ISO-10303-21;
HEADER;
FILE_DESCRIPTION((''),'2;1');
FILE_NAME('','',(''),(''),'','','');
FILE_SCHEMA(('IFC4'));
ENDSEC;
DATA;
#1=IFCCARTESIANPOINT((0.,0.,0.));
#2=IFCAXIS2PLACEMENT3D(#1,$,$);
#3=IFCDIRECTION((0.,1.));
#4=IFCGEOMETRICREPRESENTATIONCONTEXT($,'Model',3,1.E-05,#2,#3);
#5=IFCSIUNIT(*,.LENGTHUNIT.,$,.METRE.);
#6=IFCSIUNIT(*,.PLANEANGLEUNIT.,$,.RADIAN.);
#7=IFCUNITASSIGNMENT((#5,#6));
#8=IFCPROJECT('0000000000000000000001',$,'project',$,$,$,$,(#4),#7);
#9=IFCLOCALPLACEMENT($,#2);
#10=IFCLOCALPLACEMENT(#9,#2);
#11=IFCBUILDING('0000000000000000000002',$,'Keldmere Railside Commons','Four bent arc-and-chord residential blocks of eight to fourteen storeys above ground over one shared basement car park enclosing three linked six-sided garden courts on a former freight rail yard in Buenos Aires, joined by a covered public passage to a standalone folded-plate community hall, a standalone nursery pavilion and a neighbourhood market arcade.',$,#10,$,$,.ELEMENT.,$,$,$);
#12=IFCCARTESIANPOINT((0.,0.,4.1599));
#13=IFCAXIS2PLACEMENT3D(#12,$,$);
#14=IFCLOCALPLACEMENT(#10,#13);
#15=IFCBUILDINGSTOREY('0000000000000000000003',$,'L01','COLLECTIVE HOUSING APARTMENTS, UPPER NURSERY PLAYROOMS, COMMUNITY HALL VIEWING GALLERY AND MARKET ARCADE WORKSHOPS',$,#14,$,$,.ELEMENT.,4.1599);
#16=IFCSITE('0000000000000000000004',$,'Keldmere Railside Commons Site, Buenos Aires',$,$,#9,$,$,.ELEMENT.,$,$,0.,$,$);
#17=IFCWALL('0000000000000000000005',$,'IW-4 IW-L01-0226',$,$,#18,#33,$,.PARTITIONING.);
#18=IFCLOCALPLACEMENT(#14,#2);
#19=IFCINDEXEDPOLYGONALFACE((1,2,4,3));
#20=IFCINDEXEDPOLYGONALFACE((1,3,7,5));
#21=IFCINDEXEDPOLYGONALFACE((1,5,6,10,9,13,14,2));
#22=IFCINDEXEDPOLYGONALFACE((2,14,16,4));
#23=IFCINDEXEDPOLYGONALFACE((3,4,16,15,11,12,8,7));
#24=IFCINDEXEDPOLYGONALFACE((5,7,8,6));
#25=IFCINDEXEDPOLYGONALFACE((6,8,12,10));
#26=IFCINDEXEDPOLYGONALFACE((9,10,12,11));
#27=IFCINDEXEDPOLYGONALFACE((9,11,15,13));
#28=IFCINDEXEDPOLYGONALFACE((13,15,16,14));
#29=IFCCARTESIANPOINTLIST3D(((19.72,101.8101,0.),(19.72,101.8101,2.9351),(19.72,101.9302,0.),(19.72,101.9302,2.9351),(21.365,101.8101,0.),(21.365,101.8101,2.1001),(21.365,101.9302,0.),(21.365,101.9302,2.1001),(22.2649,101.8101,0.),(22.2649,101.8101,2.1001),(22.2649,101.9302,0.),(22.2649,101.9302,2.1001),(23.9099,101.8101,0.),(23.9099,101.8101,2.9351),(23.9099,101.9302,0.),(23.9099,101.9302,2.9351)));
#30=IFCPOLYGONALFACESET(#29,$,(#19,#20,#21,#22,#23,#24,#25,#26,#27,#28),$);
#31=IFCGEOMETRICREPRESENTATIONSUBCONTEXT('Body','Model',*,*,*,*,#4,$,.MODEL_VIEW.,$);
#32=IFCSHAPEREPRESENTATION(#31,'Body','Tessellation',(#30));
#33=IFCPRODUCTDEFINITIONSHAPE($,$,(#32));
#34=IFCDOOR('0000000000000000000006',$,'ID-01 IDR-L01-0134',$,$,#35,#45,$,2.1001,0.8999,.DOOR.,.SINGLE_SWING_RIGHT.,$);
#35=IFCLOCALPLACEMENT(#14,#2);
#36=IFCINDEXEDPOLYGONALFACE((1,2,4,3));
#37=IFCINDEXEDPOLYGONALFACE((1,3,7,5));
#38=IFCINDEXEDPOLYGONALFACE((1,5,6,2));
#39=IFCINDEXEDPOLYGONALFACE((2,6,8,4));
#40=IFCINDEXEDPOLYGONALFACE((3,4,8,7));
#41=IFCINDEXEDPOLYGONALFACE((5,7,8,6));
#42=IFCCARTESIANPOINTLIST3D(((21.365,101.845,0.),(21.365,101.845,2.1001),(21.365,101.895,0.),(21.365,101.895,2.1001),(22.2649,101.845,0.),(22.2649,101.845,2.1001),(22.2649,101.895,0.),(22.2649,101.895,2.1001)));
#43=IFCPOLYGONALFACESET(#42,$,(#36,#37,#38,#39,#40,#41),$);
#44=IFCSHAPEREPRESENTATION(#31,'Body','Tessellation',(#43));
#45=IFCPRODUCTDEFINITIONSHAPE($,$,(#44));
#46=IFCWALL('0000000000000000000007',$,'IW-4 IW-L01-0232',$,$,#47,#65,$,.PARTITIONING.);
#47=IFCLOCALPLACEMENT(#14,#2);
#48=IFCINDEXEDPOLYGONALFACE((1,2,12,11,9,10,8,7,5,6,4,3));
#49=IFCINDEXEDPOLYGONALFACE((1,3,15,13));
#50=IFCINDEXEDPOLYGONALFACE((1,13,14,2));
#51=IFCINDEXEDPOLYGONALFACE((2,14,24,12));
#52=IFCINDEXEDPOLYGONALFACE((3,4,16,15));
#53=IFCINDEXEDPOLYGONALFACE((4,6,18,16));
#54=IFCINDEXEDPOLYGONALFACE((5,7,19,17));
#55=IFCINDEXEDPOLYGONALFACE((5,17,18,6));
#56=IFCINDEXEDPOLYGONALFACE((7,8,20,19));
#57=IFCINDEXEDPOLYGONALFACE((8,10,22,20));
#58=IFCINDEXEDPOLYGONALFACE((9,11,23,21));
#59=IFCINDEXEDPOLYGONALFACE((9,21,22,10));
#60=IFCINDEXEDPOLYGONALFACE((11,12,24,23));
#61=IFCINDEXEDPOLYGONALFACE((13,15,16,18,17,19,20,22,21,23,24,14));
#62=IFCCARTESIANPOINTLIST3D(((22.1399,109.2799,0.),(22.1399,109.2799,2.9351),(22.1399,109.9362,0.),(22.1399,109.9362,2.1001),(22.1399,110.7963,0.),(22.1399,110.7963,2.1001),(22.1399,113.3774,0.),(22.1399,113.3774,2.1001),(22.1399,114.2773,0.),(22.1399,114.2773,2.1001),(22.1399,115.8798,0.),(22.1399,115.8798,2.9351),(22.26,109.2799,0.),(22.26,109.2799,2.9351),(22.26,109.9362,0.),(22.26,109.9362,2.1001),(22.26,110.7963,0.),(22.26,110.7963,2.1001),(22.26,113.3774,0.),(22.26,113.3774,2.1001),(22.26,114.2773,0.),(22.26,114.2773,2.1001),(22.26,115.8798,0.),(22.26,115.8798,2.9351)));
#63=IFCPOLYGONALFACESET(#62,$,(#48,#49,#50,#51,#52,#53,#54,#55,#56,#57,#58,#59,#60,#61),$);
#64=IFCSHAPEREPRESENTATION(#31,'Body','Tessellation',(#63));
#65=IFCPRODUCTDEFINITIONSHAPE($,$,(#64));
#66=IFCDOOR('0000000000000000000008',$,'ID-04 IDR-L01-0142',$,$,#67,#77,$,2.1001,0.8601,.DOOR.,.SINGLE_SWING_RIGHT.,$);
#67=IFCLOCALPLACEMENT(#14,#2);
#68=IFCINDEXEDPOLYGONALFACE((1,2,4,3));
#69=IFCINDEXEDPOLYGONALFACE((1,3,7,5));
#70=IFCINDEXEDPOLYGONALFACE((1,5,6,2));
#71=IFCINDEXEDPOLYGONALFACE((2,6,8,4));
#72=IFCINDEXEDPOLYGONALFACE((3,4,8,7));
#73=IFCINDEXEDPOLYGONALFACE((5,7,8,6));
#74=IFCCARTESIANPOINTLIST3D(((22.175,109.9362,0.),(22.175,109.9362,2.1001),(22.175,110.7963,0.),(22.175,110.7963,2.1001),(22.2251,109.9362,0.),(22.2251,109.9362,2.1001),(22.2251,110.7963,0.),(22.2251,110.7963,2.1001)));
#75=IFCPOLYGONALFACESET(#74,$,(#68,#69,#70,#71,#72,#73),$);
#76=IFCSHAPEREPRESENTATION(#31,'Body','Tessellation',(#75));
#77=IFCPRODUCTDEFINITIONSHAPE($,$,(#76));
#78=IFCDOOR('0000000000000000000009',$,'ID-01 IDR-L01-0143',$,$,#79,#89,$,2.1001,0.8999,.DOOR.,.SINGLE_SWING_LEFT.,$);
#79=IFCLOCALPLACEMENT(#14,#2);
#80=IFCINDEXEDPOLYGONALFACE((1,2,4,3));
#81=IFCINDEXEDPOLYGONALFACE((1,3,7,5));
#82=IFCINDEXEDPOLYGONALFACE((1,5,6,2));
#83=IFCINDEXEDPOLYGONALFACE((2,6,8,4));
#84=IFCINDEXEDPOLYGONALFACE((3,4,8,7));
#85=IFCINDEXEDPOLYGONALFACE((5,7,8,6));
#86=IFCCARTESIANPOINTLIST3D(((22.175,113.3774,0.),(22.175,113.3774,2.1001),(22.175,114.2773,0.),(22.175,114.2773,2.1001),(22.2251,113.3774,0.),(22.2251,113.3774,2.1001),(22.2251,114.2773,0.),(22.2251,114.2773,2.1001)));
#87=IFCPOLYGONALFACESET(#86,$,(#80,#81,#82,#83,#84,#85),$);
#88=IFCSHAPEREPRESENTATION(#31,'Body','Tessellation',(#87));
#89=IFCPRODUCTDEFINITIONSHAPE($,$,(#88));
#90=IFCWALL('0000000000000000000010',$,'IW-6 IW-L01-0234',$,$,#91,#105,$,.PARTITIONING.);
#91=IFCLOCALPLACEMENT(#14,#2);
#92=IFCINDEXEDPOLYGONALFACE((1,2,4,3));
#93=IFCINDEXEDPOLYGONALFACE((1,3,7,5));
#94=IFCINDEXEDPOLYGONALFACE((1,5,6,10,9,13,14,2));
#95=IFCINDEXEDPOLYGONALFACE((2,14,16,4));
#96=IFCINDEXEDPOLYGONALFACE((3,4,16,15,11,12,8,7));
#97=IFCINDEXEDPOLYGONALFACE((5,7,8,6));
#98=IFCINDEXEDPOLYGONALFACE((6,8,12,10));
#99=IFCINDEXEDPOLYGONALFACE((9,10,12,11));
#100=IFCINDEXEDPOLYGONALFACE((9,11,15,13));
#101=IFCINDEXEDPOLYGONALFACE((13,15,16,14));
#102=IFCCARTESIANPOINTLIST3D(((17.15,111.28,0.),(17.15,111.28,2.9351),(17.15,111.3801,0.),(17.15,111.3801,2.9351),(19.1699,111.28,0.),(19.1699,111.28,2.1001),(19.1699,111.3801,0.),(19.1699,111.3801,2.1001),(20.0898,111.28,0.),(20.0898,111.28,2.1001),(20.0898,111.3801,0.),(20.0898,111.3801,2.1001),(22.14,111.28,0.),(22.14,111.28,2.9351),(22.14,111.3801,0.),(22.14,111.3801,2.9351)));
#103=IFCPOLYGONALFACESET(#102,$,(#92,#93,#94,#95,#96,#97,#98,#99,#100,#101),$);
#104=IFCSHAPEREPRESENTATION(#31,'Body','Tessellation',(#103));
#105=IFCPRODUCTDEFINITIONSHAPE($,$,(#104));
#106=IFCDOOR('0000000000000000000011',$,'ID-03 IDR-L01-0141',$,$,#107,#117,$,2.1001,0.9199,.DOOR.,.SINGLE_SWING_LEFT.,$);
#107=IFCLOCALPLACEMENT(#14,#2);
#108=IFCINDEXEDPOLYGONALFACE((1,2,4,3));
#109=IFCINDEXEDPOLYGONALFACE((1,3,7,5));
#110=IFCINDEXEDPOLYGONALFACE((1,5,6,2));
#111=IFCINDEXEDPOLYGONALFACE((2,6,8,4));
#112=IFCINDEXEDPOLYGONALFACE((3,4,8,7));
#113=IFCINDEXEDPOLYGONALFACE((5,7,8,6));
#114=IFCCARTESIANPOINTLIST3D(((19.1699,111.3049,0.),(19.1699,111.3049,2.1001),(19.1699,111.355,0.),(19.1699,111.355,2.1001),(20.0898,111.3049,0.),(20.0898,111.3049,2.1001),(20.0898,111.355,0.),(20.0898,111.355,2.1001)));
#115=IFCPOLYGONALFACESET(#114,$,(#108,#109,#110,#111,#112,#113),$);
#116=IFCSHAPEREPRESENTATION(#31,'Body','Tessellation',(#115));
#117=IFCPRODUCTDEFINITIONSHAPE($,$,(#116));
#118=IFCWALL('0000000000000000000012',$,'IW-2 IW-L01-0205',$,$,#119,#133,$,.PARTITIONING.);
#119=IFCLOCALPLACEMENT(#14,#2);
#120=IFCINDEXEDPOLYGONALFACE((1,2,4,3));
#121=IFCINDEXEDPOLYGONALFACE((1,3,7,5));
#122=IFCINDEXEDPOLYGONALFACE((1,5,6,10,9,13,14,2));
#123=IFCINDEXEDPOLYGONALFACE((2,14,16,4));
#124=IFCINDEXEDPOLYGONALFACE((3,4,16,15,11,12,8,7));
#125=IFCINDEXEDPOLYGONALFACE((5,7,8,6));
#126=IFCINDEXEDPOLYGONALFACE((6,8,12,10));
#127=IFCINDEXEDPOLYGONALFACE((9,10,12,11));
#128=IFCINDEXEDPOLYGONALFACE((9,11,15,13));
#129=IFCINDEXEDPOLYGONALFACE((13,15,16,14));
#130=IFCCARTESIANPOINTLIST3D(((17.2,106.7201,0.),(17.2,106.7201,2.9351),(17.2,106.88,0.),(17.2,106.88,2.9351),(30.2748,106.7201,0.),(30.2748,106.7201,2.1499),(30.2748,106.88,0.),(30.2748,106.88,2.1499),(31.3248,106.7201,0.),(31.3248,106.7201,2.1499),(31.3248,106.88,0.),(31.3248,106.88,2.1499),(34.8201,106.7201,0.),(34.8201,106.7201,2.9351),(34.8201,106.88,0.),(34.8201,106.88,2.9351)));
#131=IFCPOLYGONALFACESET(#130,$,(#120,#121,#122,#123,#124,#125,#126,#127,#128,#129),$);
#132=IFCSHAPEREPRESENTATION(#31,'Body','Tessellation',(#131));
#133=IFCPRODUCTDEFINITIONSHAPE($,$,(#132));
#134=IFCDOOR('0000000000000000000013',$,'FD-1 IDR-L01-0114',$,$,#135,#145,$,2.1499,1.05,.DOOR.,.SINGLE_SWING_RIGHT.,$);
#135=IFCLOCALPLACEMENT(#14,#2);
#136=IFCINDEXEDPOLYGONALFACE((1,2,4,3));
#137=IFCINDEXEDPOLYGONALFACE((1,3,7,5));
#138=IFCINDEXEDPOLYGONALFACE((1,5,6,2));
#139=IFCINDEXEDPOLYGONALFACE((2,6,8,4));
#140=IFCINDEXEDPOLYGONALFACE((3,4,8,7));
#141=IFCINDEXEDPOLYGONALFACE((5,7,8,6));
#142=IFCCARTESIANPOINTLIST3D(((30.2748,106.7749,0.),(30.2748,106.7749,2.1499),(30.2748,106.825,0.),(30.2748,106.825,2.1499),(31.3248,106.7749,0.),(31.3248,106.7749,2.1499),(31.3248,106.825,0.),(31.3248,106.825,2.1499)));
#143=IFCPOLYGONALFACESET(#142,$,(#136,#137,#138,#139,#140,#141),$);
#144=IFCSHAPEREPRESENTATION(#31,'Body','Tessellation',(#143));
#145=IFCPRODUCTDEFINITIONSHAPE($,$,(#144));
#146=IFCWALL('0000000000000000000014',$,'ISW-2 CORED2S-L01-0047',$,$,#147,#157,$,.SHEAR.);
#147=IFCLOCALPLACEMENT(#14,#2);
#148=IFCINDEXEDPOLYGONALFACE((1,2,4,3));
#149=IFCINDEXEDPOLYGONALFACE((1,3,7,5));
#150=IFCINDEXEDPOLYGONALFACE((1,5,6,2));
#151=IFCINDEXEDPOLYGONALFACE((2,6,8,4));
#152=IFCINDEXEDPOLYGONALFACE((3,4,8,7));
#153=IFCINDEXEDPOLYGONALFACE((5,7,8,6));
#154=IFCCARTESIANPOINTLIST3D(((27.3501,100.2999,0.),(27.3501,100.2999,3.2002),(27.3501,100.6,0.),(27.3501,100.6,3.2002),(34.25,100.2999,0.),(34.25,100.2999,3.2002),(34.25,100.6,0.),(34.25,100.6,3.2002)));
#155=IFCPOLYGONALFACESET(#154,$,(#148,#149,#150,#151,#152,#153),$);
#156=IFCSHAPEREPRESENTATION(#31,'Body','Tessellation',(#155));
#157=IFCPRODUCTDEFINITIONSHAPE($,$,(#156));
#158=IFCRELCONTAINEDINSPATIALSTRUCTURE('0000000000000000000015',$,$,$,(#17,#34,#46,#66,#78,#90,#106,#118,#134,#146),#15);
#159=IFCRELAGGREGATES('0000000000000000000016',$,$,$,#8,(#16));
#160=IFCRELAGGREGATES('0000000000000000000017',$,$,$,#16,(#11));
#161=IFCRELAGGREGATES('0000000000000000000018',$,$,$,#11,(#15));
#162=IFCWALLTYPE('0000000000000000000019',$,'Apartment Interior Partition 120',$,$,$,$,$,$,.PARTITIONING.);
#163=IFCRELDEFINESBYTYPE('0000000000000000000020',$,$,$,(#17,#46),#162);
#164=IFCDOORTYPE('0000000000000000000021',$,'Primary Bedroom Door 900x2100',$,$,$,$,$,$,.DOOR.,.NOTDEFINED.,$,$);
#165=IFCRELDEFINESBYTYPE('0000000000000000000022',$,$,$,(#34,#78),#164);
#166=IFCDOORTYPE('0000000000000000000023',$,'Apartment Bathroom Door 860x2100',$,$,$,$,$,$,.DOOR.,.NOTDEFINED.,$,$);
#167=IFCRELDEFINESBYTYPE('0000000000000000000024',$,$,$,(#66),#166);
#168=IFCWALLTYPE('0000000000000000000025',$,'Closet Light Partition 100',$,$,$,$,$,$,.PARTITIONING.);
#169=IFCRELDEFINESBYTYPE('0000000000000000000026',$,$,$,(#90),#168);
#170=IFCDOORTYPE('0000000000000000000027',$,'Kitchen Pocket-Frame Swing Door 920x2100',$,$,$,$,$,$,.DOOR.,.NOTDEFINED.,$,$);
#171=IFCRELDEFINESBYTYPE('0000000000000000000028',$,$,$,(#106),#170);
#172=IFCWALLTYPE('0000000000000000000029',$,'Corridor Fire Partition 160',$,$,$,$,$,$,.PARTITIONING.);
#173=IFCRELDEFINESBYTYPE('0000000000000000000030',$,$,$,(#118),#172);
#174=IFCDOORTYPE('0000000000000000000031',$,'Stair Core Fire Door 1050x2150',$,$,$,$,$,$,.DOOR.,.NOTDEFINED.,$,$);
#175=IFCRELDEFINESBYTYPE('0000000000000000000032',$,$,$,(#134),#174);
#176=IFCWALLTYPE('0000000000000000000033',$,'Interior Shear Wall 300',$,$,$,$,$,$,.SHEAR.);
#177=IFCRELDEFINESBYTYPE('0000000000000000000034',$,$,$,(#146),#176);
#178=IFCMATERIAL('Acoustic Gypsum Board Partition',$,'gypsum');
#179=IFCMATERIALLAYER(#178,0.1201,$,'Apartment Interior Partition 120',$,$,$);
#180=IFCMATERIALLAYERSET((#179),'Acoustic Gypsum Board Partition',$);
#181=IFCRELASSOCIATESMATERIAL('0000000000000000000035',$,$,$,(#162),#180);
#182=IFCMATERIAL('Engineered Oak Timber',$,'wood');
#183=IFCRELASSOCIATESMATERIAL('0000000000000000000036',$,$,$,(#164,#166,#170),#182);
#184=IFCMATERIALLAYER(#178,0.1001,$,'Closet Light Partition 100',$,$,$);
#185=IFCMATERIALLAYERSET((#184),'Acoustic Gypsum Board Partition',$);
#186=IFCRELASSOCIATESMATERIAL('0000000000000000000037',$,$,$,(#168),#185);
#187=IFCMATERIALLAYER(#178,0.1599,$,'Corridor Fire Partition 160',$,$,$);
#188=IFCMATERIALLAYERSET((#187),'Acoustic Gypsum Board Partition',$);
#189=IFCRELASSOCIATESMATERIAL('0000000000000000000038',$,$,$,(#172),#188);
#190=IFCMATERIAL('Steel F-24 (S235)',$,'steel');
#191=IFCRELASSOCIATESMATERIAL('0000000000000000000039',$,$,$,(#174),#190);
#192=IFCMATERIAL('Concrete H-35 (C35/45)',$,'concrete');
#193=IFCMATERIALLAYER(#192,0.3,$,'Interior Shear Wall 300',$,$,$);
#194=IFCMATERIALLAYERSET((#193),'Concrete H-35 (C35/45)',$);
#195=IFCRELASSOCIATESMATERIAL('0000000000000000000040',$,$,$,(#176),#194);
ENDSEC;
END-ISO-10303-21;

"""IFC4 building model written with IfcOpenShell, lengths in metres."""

from ifc_helpers import new_model, si_unit, direction, frame, frame_2d, origin, place, context, subcontext, project, spatial, rectangle, extrude, material, layer, layer_set, type_object, element, fill, save


model = new_model("IFC4")

# Units and contexts
model_context = context("Model", 3, precision=1e-05, world=origin(), true_north=direction((0.0, 1.0)))
body_context = subcontext(model_context, "Body", "Model", "MODEL_VIEW")
ifc_project = project(units=[si_unit("LENGTHUNIT", "METRE"), si_unit("PLANEANGLEUNIT", "RADIAN")], contexts=[model_context])

# Site, building, storey
site_placement = place(None, origin())
site = spatial("IfcSite", under=ifc_project, at=site_placement, Name="Keldmere Railside Commons Site, Buenos Aires", CompositionType="ELEMENT", RefElevation=0.0)
building_placement = place(site_placement, origin())
building = spatial("IfcBuilding", under=site, at=building_placement, Name="Keldmere Railside Commons", Description="Four bent arc-and-chord residential blocks of eight to fourteen storeys above ground over one shared basement car park enclosing three linked six-sided garden courts on a former freight rail yard in Buenos Aires, joined by a covered public passage to a standalone folded-plate community hall, a standalone nursery pavilion and a neighbourhood market arcade.", CompositionType="ELEMENT")
storey_placement = place(building_placement, frame((0.0, 0.0, 4.1599)))
storey = spatial("IfcBuildingStorey", under=building, at=storey_placement, Name="L01", Description="COLLECTIVE HOUSING APARTMENTS, UPPER NURSERY PLAYROOMS, COMMUNITY HALL VIEWING GALLERY AND MARKET ARCADE WORKSHOPS", CompositionType="ELEMENT", Elevation=4.1599)

# Shared definitions
ifc_material_1 = material(Name="Acoustic Gypsum Board Partition", Category="gypsum")

# Wall, opening, door
ifc_layer_1 = layer(ifc_material_1, 0.1201, Name="Apartment Interior Partition 120")
ifc_layer_set_1 = layer_set([ifc_layer_1], Name="Acoustic Gypsum Board Partition")
wall_type_1 = type_object("IfcWallType", Name="Apartment Interior Partition 120", PredefinedType="PARTITIONING", material=ifc_layer_set_1)
wall_1_placement = place(storey_placement, frame((19.72, 101.8701, 0.0), z_axis=(0.0, 0.0, 1.0), x_axis=(1.0, 0.0, 0.0)))
wall_1 = element("IfcWall", 1, at=wall_1_placement, inside=storey, type_object=wall_type_1, Name="IW-4 IW-L01-0226", PredefinedType="PARTITIONING", context=body_context, shape_type="SweptSolid", body=[
    extrude(rectangle(XDim=4.1899, YDim=0.1201, at=frame_2d((2.095, 0.0))), origin(), (0.0, 0.0, 1.0), 2.9351),
])
opening_1_placement = place(wall_1_placement, frame((1.645, 0.0, 0.0)))
opening_1 = element("IfcOpeningElement", 2, at=opening_1_placement, cuts=wall_1, PredefinedType="OPENING", context=body_context, shape_type="SweptSolid", body=[
    extrude(rectangle(XDim=0.8999, YDim=2.1001, at=frame_2d((0.45, 1.05))), frame((0.0, 0.0701, 0.0), z_axis=(0.0, -1.0, 0.0), x_axis=(1.0, 0.0, 0.0)), (0.0, 0.0, 1.0), 0.1401),
])
ifc_material_2 = material(Name="Engineered Oak Timber", Category="wood")
door_type_1 = type_object("IfcDoorType", Name="Primary Bedroom Door 900x2100", OperationType="NOTDEFINED", PredefinedType="DOOR", material=ifc_material_2)
door_1_placement = place(opening_1_placement, origin())
door_1 = element("IfcDoor", 3, at=door_1_placement, inside=storey, type_object=door_type_1, Name="ID-01 IDR-L01-0134", OperationType="SINGLE_SWING_RIGHT", OverallHeight=2.1001, OverallWidth=0.8999, PredefinedType="DOOR", context=body_context, shape_type="SweptSolid", body=[
    extrude(rectangle(XDim=0.8999, YDim=2.1001, at=frame_2d((0.45, 1.05))), frame((0.0, 0.0249, 0.0), z_axis=(0.0, -1.0, 0.0), x_axis=(1.0, 0.0, 0.0)), (0.0, 0.0, 1.0), 0.05),
])
fill(opening_1, door_1)

# Wall, openings, doors
wall_2_placement = place(storey_placement, frame((22.2, 109.28, 0.0), z_axis=(0.0, 0.0, 1.0), x_axis=(0.0, 1.0, 0.0)))
wall_2 = element("IfcWall", 4, at=wall_2_placement, inside=storey, type_object=wall_type_1, Name="IW-4 IW-L01-0232", PredefinedType="PARTITIONING", context=body_context, shape_type="SweptSolid", body=[
    extrude(rectangle(XDim=6.5999, YDim=0.1201, at=frame_2d((3.2998, 0.0))), origin(), (0.0, 0.0, 1.0), 2.9351),
])
opening_2_placement = place(wall_2_placement, frame((0.656, 0.0, 0.0)))
opening_2 = element("IfcOpeningElement", 5, at=opening_2_placement, cuts=wall_2, PredefinedType="OPENING", context=body_context, shape_type="SweptSolid", body=[
    extrude(rectangle(XDim=0.8601, YDim=2.1001, at=frame_2d((0.4302, 1.05))), frame((0.0, 0.0701, 0.0), z_axis=(0.0, -1.0, 0.0), x_axis=(1.0, 0.0, 0.0)), (0.0, 0.0, 1.0), 0.1401),
])
opening_3_placement = place(wall_2_placement, frame((4.0974, 0.0, 0.0)))
opening_3 = element("IfcOpeningElement", 6, at=opening_3_placement, cuts=wall_2, PredefinedType="OPENING", context=body_context, shape_type="SweptSolid", body=[
    extrude(rectangle(XDim=0.8999, YDim=2.1001, at=frame_2d((0.45, 1.05))), frame((0.0, 0.0701, 0.0), z_axis=(0.0, -1.0, 0.0), x_axis=(1.0, 0.0, 0.0)), (0.0, 0.0, 1.0), 0.1401),
])
door_type_2 = type_object("IfcDoorType", Name="Apartment Bathroom Door 860x2100", OperationType="NOTDEFINED", PredefinedType="DOOR", material=ifc_material_2)
door_2_placement = place(opening_2_placement, origin())
door_2 = element("IfcDoor", 7, at=door_2_placement, inside=storey, type_object=door_type_2, Name="ID-04 IDR-L01-0142", OperationType="SINGLE_SWING_RIGHT", OverallHeight=2.1001, OverallWidth=0.8601, PredefinedType="DOOR", context=body_context, shape_type="SweptSolid", body=[
    extrude(rectangle(XDim=0.8601, YDim=2.1001, at=frame_2d((0.4302, 1.05))), frame((0.0, 0.0249, 0.0), z_axis=(0.0, -1.0, 0.0), x_axis=(1.0, 0.0, 0.0)), (0.0, 0.0, 1.0), 0.05),
])
fill(opening_2, door_2)
door_3_placement = place(opening_3_placement, origin())
door_3 = element("IfcDoor", 8, at=door_3_placement, inside=storey, type_object=door_type_1, Name="ID-01 IDR-L01-0143", OperationType="SINGLE_SWING_LEFT", OverallHeight=2.1001, OverallWidth=0.8999, PredefinedType="DOOR", context=body_context, shape_type="SweptSolid", body=[
    extrude(rectangle(XDim=0.8999, YDim=2.1001, at=frame_2d((0.45, 1.05))), frame((0.0, 0.0249, 0.0), z_axis=(0.0, -1.0, 0.0), x_axis=(1.0, 0.0, 0.0)), (0.0, 0.0, 1.0), 0.05),
])
fill(opening_3, door_3)

# Walls, openings, doors
ifc_layer_2 = layer(ifc_material_1, 0.1001, Name="Closet Light Partition 100")
ifc_layer_set_2 = layer_set([ifc_layer_2], Name="Acoustic Gypsum Board Partition")
wall_type_2 = type_object("IfcWallType", Name="Closet Light Partition 100", PredefinedType="PARTITIONING", material=ifc_layer_set_2)
wall_3_placement = place(storey_placement, frame((17.1499, 111.3301, 0.0), z_axis=(0.0, 0.0, 1.0), x_axis=(1.0, 0.0, 0.0)))
wall_3 = element("IfcWall", 9, at=wall_3_placement, inside=storey, type_object=wall_type_2, Name="IW-6 IW-L01-0234", PredefinedType="PARTITIONING", context=body_context, shape_type="SweptSolid", body=[
    extrude(rectangle(XDim=4.99, YDim=0.1001, at=frame_2d((2.4951, 0.0))), origin(), (0.0, 0.0, 1.0), 2.9351),
])
opening_4_placement = place(wall_3_placement, frame((2.02, 0.0, 0.0)))
opening_4 = element("IfcOpeningElement", 10, at=opening_4_placement, cuts=wall_3, PredefinedType="OPENING", context=body_context, shape_type="SweptSolid", body=[
    extrude(rectangle(XDim=0.9199, YDim=2.1001, at=frame_2d((0.46, 1.05))), frame((0.0, 0.0601, 0.0), z_axis=(0.0, -1.0, 0.0), x_axis=(1.0, 0.0, 0.0)), (0.0, 0.0, 1.0), 0.1201),
])
door_type_3 = type_object("IfcDoorType", Name="Kitchen Pocket-Frame Swing Door 920x2100", OperationType="NOTDEFINED", PredefinedType="DOOR", material=ifc_material_2)
door_4_placement = place(opening_4_placement, origin())
door_4 = element("IfcDoor", 11, at=door_4_placement, inside=storey, type_object=door_type_3, Name="ID-03 IDR-L01-0141", OperationType="SINGLE_SWING_LEFT", OverallHeight=2.1001, OverallWidth=0.9199, PredefinedType="DOOR", context=body_context, shape_type="SweptSolid", body=[
    extrude(rectangle(XDim=0.9199, YDim=2.1001, at=frame_2d((0.46, 1.05))), frame((0.0, 0.0249, 0.0), z_axis=(0.0, -1.0, 0.0), x_axis=(1.0, 0.0, 0.0)), (0.0, 0.0, 1.0), 0.05),
])
fill(opening_4, door_4)
ifc_layer_3 = layer(ifc_material_1, 0.1599, Name="Corridor Fire Partition 160")
ifc_layer_set_3 = layer_set([ifc_layer_3], Name="Acoustic Gypsum Board Partition")
wall_type_3 = type_object("IfcWallType", Name="Corridor Fire Partition 160", PredefinedType="PARTITIONING", material=ifc_layer_set_3)
wall_4_placement = place(storey_placement, frame((17.2, 106.8, 0.0), z_axis=(0.0, 0.0, 1.0), x_axis=(1.0, 0.0, 0.0)))
wall_4 = element("IfcWall", 12, at=wall_4_placement, inside=storey, type_object=wall_type_3, Name="IW-2 IW-L01-0205", PredefinedType="PARTITIONING", context=body_context, shape_type="SweptSolid", body=[
    extrude(rectangle(XDim=17.6201, YDim=0.1599, at=frame_2d((8.8101, 0.0))), origin(), (0.0, 0.0, 1.0), 2.9351),
])
opening_5_placement = place(wall_4_placement, frame((13.075, 0.0, 0.0)))
opening_5 = element("IfcOpeningElement", 13, at=opening_5_placement, cuts=wall_4, PredefinedType="OPENING", context=body_context, shape_type="SweptSolid", body=[
    extrude(rectangle(XDim=1.05, YDim=2.1499, at=frame_2d((0.5249, 1.075))), frame((0.0, 0.0898, 0.0), z_axis=(0.0, -1.0, 0.0), x_axis=(1.0, 0.0, 0.0)), (0.0, 0.0, 1.0), 0.1799),
])
ifc_material_3 = material(Name="Steel F-24 (S235)", Category="steel")
door_type_4 = type_object("IfcDoorType", Name="Stair Core Fire Door 1050x2150", OperationType="NOTDEFINED", PredefinedType="DOOR", material=ifc_material_3)
door_5_placement = place(opening_5_placement, origin())
door_5 = element("IfcDoor", 14, at=door_5_placement, inside=storey, type_object=door_type_4, Name="FD-1 IDR-L01-0114", OperationType="SINGLE_SWING_RIGHT", OverallHeight=2.1499, OverallWidth=1.05, PredefinedType="DOOR", context=body_context, shape_type="SweptSolid", body=[
    extrude(rectangle(XDim=1.05, YDim=2.1499, at=frame_2d((0.5249, 1.075))), frame((0.0, 0.0249, 0.0), z_axis=(0.0, -1.0, 0.0), x_axis=(1.0, 0.0, 0.0)), (0.0, 0.0, 1.0), 0.05),
])
fill(opening_5, door_5)

# Wall
ifc_material_4 = material(Name="Concrete H-35 (C35/45)", Category="concrete")
ifc_layer_4 = layer(ifc_material_4, 0.3, Name="Interior Shear Wall 300")
ifc_layer_set_4 = layer_set([ifc_layer_4], Name="Concrete H-35 (C35/45)")
wall_type_4 = type_object("IfcWallType", Name="Interior Shear Wall 300", PredefinedType="SHEAR", material=ifc_layer_set_4)
wall_5_placement = place(storey_placement, frame((27.3501, 100.45, 0.0), z_axis=(0.0, 0.0, 1.0), x_axis=(1.0, 0.0, 0.0)))
element("IfcWall", 15, at=wall_5_placement, inside=storey, type_object=wall_type_4, Name="ISW-2 CORED2S-L01-0047", PredefinedType="SHEAR", context=body_context, shape_type="SweptSolid", body=[
    extrude(rectangle(XDim=6.8999, YDim=0.3, at=frame_2d((3.45, 0.0))), origin(), (0.0, 0.0, 1.0), 3.2002),
])

save(model, "model.ifc")
